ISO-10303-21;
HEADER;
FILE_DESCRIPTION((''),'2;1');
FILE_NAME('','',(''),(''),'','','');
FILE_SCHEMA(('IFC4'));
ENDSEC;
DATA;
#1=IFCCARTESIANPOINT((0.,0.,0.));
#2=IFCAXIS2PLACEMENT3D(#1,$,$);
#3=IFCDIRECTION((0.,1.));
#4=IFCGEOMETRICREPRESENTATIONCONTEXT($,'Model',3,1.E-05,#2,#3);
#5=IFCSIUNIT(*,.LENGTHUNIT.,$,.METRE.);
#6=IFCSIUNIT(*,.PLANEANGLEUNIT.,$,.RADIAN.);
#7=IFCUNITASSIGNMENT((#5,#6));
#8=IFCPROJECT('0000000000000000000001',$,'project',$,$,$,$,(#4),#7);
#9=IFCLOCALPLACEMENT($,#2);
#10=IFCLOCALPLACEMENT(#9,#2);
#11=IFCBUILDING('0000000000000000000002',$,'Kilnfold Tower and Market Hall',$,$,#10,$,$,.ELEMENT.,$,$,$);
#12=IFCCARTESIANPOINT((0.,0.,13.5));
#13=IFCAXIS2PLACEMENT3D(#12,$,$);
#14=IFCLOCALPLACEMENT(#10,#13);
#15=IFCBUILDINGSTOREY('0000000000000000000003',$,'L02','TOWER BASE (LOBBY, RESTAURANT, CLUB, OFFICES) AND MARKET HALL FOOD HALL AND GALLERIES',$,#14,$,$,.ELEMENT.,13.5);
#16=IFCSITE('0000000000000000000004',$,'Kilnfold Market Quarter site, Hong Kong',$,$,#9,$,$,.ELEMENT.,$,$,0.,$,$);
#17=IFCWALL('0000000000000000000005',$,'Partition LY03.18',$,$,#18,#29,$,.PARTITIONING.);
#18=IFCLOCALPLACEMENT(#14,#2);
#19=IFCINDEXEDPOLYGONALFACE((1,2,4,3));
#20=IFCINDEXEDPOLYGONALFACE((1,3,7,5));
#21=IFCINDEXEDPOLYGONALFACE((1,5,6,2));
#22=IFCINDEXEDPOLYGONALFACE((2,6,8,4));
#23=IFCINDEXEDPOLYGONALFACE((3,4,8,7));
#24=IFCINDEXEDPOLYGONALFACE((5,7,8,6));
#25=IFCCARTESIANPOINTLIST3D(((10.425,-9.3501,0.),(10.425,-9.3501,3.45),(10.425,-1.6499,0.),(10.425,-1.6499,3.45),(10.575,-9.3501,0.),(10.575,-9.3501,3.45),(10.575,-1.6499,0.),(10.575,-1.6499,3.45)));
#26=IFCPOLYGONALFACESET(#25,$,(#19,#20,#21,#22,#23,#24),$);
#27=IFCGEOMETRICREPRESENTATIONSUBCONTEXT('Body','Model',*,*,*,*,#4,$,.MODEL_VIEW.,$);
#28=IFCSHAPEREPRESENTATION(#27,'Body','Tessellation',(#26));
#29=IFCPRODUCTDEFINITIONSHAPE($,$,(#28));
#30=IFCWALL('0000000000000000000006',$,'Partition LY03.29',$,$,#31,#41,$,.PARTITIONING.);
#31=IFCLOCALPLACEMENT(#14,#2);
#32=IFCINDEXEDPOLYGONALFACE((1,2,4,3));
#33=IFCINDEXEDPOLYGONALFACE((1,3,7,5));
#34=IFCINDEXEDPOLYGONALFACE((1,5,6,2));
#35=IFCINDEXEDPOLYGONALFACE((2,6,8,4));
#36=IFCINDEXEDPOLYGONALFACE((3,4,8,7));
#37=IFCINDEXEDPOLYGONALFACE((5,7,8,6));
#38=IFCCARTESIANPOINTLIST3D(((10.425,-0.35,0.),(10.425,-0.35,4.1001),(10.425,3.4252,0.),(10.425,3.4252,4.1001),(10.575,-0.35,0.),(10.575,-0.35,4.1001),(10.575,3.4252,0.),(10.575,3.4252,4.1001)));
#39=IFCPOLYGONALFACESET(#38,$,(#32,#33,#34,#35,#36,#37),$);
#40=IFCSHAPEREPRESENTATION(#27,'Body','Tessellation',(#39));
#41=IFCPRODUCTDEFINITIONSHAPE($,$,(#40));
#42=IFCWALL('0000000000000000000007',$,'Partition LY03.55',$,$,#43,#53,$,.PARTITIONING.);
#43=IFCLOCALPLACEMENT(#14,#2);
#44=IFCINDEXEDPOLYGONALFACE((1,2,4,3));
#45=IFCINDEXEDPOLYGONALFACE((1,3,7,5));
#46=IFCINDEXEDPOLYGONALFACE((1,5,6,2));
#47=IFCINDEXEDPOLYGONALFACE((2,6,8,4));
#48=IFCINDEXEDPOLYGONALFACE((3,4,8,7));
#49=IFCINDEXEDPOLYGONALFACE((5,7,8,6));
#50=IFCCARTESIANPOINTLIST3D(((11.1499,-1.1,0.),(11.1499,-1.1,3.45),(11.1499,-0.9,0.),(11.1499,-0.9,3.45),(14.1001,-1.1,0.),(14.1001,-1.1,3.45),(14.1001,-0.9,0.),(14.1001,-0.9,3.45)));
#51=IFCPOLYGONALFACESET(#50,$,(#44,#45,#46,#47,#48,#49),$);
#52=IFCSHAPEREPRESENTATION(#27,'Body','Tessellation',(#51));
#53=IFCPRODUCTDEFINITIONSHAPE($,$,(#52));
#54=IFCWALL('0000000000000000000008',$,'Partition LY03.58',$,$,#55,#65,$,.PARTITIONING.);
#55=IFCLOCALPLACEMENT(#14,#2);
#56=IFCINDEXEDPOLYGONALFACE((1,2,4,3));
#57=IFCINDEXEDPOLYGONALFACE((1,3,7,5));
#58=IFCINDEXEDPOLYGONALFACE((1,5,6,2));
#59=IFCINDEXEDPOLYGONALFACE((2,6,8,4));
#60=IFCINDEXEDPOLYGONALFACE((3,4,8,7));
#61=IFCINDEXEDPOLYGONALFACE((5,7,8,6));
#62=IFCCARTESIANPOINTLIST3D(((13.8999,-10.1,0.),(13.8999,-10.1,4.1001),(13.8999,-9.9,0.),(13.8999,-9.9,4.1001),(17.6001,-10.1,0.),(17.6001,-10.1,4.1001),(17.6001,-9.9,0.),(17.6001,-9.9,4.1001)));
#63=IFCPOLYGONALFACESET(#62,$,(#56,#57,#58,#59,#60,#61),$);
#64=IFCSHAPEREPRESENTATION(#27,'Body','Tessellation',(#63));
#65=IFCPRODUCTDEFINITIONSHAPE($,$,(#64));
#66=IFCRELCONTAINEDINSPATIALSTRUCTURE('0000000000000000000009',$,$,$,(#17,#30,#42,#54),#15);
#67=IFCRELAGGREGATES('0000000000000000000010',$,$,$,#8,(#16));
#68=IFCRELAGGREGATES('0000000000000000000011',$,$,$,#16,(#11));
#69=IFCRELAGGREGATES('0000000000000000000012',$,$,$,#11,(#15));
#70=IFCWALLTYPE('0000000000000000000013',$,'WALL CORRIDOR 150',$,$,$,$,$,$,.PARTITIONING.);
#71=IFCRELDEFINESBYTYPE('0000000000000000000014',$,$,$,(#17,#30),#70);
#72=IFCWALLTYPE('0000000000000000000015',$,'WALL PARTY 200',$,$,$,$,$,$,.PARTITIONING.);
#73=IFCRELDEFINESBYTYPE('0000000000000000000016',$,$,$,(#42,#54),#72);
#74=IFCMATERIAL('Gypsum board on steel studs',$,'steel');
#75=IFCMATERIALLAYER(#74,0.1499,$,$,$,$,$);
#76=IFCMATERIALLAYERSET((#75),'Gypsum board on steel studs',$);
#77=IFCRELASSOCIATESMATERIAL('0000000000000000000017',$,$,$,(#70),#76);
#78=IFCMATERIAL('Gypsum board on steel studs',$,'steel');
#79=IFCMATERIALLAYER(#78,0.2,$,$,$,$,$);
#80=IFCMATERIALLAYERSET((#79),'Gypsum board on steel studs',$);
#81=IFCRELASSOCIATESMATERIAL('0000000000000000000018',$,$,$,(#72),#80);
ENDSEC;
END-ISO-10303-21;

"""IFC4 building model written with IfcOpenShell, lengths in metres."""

from ifc_helpers import new_model, si_unit, direction, frame, frame_2d, origin, place, context, subcontext, project, spatial, rectangle, extrude, material, layer, layer_set, type_object, element, save


model = new_model("IFC4")

# Units and contexts
model_context = context("Model", 3, precision=1e-05, world=origin(), true_north=direction((0.0, 1.0)))
body_context = subcontext(model_context, "Body", "Model", "MODEL_VIEW")
ifc_project = project(units=[si_unit("LENGTHUNIT", "METRE"), si_unit("PLANEANGLEUNIT", "RADIAN")], contexts=[model_context])

# Site, building, storey
site_placement = place(None, origin())
site = spatial("IfcSite", under=ifc_project, at=site_placement, Name="Kilnfold Market Quarter site, Hong Kong", CompositionType="ELEMENT", RefElevation=0.0)
building_placement = place(site_placement, origin())
building = spatial("IfcBuilding", under=site, at=building_placement, Name="Kilnfold Tower and Market Hall", CompositionType="ELEMENT")
storey_placement = place(building_placement, frame((0.0, 0.0, 13.5)))
storey = spatial("IfcBuildingStorey", under=building, at=storey_placement, Name="L02", Description="TOWER BASE (LOBBY, RESTAURANT, CLUB, OFFICES) AND MARKET HALL FOOD HALL AND GALLERIES", CompositionType="ELEMENT", Elevation=13.5)

# Walls
ifc_material_1 = material(Name="Gypsum board on steel studs", Category="steel")
ifc_layer_1 = layer(ifc_material_1, 0.1499)
ifc_layer_set_1 = layer_set([ifc_layer_1], Name="Gypsum board on steel studs")
wall_type_1 = type_object("IfcWallType", Name="WALL CORRIDOR 150", PredefinedType="PARTITIONING", material=ifc_layer_set_1)
wall_1_placement = place(storey_placement, frame((10.5, -9.3501, 0.0), z_axis=(0.0, 0.0, 1.0), x_axis=(0.0, 1.0, 0.0)))
element("IfcWall", 1, at=wall_1_placement, inside=storey, type_object=wall_type_1, Name="Partition LY03.18", PredefinedType="PARTITIONING", context=body_context, shape_type="SweptSolid", body=[
    extrude(rectangle(XDim=7.7002, YDim=0.1499, at=frame_2d((3.8501, 0.0))), origin(), (0.0, 0.0, 1.0), 3.45),
])
wall_2_placement = place(storey_placement, frame((10.5, -0.3501, 0.0), z_axis=(0.0, 0.0, 1.0), x_axis=(0.0, 1.0, 0.0)))
element("IfcWall", 2, at=wall_2_placement, inside=storey, type_object=wall_type_1, Name="Partition LY03.29", PredefinedType="PARTITIONING", context=body_context, shape_type="SweptSolid", body=[
    extrude(rectangle(XDim=3.7751, YDim=0.1499, at=frame_2d((1.8877, 0.0))), origin(), (0.0, 0.0, 1.0), 4.1001),
])
ifc_material_2 = material(Name="Gypsum board on steel studs", Category="steel")
ifc_layer_2 = layer(ifc_material_2, 0.2)
ifc_layer_set_2 = layer_set([ifc_layer_2], Name="Gypsum board on steel studs")
wall_type_2 = type_object("IfcWallType", Name="WALL PARTY 200", PredefinedType="PARTITIONING", material=ifc_layer_set_2)
wall_3_placement = place(storey_placement, frame((11.1499, -1.0, 0.0), z_axis=(0.0, 0.0, 1.0), x_axis=(1.0, 0.0, 0.0)))
element("IfcWall", 3, at=wall_3_placement, inside=storey, type_object=wall_type_2, Name="Partition LY03.55", PredefinedType="PARTITIONING", context=body_context, shape_type="SweptSolid", body=[
    extrude(rectangle(XDim=2.9502, YDim=0.2, at=frame_2d((1.4751, 0.0))), origin(), (0.0, 0.0, 1.0), 3.45),
])
wall_4_placement = place(storey_placement, frame((13.8999, -10.0, 0.0), z_axis=(0.0, 0.0, 1.0), x_axis=(1.0, 0.0, 0.0)))
element("IfcWall", 4, at=wall_4_placement, inside=storey, type_object=wall_type_2, Name="Partition LY03.58", PredefinedType="PARTITIONING", context=body_context, shape_type="SweptSolid", body=[
    extrude(rectangle(XDim=3.7002, YDim=0.2, at=frame_2d((1.8501, 0.0))), origin(), (0.0, 0.0, 1.0), 4.1001),
])

save(model, "model.ifc")
